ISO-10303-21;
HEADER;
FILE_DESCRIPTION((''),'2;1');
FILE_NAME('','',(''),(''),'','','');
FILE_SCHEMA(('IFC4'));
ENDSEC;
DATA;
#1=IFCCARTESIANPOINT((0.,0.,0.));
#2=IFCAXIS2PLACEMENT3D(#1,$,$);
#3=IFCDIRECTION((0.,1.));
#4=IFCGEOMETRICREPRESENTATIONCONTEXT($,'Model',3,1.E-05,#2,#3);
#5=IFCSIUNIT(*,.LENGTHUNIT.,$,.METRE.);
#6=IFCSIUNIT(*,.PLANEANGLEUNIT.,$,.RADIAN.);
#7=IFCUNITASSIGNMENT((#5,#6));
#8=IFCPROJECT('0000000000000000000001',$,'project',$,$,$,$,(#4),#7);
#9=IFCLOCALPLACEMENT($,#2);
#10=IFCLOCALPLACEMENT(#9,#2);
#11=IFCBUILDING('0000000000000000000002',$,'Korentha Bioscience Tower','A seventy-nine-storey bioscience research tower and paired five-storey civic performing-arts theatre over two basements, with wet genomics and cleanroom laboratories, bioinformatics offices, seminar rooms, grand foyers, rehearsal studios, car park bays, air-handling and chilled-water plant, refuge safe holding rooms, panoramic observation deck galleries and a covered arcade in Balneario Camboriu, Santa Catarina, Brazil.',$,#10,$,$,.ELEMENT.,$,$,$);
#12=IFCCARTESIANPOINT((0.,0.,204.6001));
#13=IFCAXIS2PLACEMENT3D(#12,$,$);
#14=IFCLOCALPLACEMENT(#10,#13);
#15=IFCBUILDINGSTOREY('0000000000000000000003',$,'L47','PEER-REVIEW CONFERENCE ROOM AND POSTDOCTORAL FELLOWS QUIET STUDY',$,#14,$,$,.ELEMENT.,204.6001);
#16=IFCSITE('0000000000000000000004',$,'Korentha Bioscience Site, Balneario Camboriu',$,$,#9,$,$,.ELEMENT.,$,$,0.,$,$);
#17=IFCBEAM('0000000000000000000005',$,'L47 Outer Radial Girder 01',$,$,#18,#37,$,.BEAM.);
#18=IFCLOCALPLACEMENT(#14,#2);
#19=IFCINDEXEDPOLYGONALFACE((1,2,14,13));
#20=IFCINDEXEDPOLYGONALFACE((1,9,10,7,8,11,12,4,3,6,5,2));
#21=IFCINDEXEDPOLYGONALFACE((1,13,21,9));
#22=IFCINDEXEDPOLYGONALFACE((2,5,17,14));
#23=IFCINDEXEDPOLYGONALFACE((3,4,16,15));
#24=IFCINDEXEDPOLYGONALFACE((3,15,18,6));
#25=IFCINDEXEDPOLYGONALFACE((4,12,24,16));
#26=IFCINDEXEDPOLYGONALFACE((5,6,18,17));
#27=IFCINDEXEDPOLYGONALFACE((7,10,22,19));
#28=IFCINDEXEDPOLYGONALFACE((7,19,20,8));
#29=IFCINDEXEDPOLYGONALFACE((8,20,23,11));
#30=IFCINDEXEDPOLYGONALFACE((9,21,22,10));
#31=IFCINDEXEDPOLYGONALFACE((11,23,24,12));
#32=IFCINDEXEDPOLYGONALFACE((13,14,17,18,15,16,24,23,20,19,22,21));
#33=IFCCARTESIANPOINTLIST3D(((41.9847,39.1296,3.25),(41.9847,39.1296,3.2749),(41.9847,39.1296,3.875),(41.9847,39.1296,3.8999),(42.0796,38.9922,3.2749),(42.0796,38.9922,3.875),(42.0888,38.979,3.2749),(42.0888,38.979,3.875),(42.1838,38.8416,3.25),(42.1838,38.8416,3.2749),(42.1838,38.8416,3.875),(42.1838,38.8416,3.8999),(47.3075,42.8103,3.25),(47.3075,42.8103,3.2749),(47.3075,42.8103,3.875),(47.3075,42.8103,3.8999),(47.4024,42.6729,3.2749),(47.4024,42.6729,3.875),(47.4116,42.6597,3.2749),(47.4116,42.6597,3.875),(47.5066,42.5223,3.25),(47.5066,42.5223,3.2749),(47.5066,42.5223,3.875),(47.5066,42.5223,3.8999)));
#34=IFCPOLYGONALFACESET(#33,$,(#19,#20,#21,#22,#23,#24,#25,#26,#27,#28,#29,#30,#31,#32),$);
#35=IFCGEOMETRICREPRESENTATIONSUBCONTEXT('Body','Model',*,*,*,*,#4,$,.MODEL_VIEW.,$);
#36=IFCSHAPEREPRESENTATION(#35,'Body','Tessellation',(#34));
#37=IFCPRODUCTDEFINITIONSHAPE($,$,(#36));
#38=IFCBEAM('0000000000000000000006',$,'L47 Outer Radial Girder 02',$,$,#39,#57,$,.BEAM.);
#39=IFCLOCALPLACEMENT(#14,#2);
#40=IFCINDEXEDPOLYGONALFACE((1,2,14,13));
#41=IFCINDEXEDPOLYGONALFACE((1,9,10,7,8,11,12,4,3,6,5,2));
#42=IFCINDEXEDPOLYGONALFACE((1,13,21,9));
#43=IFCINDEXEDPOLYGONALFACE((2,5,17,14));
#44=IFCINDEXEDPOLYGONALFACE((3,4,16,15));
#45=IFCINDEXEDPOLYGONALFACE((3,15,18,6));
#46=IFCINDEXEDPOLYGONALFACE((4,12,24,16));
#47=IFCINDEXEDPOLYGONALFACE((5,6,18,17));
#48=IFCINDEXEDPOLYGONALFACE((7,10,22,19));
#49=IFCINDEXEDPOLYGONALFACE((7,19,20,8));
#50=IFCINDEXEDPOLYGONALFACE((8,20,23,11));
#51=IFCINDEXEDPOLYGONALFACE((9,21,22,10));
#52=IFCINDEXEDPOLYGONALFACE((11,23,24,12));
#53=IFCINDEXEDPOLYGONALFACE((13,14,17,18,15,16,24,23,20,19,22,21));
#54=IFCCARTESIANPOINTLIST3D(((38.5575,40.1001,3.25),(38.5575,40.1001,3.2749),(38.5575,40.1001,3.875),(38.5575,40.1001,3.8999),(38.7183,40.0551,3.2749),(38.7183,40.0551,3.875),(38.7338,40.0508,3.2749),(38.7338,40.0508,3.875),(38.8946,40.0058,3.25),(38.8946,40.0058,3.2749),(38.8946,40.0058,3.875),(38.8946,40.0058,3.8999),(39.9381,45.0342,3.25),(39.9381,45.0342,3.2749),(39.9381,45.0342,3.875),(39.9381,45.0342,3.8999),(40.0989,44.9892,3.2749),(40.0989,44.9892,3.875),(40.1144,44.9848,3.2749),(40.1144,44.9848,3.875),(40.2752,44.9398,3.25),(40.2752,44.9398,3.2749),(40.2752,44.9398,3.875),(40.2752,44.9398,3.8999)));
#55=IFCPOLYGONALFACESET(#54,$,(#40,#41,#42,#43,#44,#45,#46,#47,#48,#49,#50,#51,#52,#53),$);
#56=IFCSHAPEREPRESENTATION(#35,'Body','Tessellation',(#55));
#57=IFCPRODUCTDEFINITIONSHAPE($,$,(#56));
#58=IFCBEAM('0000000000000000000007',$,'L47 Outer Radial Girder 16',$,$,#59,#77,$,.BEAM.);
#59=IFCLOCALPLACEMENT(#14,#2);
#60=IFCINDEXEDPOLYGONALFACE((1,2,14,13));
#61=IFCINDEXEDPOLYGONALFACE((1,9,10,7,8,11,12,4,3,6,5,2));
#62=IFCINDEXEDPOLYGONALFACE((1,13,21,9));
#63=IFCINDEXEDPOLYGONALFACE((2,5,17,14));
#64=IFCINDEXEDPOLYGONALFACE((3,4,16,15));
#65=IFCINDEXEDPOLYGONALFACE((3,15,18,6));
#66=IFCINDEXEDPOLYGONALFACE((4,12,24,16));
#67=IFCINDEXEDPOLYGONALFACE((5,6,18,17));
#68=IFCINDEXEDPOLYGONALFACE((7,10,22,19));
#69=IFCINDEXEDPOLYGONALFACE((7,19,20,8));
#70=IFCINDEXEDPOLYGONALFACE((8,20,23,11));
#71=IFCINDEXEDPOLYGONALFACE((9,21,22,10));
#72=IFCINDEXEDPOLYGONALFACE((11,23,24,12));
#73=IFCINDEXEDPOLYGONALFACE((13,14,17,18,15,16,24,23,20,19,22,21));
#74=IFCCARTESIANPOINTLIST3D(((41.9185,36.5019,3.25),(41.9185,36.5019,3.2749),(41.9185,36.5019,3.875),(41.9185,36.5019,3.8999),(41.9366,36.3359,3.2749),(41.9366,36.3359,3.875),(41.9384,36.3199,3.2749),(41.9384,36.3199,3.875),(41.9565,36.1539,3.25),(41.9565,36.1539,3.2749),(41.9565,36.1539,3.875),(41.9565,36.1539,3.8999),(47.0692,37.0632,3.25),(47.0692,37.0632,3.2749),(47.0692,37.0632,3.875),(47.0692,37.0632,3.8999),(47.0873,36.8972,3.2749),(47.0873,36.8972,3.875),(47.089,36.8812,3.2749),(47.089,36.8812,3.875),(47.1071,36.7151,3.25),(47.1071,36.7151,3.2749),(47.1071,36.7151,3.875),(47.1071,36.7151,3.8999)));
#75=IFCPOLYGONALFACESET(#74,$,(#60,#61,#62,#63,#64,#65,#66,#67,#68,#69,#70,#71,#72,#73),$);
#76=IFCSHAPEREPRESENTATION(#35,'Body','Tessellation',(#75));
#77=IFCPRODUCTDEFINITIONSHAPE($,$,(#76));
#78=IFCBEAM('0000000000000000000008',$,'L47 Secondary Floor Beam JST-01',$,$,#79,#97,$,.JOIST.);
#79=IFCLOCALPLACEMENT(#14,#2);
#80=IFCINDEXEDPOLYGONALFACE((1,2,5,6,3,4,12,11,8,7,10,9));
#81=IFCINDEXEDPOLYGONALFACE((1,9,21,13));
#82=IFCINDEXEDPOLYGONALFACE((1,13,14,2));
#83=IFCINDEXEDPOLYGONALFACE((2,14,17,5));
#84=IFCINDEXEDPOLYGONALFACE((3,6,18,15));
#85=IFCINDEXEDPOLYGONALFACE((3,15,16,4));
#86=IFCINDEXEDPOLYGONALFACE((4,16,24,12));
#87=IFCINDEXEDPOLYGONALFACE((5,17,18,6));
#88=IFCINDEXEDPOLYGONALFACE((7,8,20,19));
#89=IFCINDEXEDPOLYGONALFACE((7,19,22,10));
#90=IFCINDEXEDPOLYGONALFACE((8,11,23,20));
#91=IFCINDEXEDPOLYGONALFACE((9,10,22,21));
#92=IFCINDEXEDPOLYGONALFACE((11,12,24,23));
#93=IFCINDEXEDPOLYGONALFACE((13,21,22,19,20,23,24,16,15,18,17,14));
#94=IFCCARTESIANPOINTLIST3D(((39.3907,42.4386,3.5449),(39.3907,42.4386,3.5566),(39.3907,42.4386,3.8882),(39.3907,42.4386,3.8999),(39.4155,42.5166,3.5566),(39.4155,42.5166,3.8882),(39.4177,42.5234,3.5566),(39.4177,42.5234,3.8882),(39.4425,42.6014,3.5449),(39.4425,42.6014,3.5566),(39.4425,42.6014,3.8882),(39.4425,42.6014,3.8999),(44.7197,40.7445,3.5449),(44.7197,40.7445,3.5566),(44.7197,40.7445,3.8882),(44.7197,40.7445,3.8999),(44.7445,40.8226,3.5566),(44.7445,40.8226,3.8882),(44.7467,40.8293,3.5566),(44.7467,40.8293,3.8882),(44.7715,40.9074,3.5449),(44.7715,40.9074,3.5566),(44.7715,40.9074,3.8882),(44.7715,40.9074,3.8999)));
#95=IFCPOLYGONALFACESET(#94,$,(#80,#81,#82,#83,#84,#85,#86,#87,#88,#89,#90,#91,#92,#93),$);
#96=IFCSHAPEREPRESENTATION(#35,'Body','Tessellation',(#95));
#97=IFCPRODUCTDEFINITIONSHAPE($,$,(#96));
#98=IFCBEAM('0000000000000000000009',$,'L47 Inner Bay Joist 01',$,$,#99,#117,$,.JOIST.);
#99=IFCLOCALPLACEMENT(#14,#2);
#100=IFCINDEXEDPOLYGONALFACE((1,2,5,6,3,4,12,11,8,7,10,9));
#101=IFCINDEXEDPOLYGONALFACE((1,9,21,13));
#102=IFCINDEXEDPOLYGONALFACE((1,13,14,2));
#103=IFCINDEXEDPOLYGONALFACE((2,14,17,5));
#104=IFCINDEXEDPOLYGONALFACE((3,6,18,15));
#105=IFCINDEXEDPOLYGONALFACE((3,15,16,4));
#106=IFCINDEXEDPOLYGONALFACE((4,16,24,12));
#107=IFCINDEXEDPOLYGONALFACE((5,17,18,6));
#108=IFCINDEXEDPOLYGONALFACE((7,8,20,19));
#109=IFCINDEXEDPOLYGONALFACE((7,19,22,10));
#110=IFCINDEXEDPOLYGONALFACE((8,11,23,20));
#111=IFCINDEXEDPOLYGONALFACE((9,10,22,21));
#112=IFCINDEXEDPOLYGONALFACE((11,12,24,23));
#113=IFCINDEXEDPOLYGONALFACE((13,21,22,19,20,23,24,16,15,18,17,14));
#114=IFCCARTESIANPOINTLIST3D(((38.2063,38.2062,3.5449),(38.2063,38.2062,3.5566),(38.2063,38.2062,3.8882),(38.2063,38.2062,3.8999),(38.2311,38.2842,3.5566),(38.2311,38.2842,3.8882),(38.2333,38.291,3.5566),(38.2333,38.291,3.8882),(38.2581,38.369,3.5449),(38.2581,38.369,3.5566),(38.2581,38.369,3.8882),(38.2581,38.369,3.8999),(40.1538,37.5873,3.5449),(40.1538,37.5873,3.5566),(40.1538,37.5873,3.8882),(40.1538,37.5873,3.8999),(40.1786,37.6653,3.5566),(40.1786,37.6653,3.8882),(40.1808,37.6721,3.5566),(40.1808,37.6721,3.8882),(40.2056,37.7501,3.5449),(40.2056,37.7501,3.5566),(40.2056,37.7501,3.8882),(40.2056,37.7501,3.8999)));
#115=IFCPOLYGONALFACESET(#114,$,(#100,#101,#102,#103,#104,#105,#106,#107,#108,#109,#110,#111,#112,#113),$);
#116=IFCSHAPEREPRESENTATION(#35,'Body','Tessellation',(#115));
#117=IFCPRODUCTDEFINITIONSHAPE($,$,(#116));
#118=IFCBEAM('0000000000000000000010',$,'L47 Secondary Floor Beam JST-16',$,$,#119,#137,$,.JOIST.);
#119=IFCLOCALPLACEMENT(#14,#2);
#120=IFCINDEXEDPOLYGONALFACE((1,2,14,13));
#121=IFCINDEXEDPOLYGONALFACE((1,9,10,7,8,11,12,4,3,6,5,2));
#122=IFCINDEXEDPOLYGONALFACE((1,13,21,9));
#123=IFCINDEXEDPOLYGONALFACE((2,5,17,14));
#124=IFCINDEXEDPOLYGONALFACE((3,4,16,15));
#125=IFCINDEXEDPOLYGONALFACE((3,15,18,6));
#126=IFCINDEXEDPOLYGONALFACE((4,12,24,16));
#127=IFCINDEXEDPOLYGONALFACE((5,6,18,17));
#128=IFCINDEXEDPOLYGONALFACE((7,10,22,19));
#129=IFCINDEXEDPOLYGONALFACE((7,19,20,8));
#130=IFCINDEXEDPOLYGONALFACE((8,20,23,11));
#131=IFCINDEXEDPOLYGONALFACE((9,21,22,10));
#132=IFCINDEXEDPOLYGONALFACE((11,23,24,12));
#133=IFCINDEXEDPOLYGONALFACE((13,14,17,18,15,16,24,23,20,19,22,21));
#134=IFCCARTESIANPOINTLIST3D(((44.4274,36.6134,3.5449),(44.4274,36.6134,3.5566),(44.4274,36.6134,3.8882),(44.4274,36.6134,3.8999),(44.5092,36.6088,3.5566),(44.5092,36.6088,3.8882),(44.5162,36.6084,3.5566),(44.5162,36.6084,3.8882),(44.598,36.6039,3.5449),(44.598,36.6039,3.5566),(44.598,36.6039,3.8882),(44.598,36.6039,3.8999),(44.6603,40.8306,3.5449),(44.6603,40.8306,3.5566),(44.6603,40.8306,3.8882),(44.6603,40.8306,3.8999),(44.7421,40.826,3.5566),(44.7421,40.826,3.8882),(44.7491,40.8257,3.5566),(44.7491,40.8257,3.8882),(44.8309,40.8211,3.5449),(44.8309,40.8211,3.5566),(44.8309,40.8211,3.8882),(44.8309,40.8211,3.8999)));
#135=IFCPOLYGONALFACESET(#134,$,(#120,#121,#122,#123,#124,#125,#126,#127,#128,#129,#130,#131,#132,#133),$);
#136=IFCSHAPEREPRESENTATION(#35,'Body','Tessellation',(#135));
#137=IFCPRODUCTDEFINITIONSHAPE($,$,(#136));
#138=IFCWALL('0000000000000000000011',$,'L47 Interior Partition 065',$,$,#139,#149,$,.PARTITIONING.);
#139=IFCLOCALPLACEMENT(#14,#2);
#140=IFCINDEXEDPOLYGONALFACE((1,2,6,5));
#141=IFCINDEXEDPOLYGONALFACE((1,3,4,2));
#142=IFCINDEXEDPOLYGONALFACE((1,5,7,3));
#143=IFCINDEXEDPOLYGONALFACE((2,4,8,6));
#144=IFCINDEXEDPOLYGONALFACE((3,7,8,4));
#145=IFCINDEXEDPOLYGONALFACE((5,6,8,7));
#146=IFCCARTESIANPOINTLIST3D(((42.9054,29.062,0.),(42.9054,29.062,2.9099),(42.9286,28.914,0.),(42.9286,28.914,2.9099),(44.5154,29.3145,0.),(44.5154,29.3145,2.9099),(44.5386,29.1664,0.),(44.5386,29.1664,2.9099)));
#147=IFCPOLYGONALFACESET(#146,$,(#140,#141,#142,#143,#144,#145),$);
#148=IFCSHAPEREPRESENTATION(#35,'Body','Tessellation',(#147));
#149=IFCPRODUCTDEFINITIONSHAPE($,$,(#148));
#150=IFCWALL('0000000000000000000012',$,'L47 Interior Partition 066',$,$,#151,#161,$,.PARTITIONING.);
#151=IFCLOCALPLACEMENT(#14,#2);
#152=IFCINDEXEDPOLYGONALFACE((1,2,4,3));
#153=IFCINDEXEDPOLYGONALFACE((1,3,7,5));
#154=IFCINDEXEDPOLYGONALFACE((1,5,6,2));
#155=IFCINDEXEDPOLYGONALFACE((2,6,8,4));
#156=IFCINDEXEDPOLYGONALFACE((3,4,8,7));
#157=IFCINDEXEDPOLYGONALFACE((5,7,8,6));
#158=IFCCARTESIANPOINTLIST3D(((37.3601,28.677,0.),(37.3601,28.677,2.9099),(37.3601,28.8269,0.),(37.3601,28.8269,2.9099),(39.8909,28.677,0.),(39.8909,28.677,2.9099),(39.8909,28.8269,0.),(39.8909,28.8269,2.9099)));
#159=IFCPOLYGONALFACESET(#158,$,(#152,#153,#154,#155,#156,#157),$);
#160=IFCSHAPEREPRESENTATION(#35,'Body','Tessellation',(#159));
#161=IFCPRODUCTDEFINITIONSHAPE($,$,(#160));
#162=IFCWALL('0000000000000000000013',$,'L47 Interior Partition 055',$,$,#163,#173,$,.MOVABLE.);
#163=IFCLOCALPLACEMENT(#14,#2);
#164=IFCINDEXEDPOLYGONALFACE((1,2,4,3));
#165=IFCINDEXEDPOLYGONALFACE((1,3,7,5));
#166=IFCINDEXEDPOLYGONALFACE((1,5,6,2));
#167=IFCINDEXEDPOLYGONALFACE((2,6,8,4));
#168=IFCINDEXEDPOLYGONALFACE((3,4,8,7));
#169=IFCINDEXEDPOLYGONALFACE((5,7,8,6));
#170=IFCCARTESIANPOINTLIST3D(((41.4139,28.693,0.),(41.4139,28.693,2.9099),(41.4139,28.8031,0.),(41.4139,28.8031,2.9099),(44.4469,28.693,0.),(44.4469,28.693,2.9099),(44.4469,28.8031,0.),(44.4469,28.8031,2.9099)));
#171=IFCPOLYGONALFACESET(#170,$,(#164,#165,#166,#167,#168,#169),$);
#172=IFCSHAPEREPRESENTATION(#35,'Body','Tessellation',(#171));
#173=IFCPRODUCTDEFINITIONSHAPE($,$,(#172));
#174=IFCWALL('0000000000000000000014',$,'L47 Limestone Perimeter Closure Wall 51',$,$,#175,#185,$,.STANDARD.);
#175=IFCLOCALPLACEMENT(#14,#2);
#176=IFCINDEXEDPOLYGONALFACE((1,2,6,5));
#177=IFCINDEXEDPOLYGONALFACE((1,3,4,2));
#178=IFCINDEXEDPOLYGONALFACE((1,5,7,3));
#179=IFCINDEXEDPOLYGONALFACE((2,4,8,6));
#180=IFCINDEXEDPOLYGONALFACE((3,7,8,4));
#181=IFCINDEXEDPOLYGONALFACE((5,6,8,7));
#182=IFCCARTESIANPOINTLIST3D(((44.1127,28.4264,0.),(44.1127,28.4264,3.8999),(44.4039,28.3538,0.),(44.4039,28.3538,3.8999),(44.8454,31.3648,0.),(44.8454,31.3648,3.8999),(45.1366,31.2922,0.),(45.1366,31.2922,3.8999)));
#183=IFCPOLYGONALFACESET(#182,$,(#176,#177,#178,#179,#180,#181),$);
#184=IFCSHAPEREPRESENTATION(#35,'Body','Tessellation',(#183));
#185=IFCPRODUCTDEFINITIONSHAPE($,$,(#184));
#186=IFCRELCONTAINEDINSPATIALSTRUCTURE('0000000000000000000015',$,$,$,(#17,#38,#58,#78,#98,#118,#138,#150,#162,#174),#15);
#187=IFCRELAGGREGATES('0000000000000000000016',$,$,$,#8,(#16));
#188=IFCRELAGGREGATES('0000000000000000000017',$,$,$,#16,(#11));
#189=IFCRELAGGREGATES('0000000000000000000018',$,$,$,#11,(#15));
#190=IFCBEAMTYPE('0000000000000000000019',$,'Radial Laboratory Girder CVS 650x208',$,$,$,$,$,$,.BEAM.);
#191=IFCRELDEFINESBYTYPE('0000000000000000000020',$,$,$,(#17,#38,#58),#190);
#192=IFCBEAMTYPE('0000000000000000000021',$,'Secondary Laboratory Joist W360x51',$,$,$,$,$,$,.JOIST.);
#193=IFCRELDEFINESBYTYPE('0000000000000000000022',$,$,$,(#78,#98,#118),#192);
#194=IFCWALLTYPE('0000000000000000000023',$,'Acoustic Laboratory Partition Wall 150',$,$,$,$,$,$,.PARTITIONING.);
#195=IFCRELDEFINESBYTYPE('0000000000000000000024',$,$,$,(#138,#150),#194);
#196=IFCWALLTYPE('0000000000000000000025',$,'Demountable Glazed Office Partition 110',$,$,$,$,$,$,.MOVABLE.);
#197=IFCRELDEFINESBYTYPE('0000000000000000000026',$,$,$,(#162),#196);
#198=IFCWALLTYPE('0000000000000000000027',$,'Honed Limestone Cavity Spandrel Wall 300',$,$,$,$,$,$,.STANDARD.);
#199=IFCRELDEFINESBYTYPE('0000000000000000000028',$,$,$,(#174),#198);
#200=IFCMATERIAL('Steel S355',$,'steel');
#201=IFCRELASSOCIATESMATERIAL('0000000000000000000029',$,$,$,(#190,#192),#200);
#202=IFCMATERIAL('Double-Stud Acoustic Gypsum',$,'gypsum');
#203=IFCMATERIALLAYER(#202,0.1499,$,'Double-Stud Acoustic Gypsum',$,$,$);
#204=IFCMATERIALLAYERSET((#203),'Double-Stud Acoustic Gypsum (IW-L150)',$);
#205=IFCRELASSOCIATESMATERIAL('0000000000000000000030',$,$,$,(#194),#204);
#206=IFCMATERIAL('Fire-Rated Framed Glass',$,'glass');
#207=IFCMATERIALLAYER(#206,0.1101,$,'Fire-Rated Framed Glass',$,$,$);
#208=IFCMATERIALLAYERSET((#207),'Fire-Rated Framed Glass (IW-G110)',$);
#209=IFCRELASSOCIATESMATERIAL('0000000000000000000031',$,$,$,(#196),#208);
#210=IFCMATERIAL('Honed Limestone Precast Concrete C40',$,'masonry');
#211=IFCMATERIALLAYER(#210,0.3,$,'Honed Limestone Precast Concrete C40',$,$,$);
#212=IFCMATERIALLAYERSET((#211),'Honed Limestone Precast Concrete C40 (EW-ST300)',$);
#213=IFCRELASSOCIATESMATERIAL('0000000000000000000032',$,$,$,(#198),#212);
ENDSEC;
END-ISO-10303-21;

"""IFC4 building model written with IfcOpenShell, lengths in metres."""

from ifc_helpers import new_model, si_unit, direction, frame, frame_2d, origin, origin_2d, place, context, subcontext, project, spatial, rectangle, i_section, extrude, material, layer, layer_set, material_profile, profile_set, type_object, element, save


model = new_model("IFC4")

# Units and contexts
model_context = context("Model", 3, precision=1e-05, world=origin(), true_north=direction((0.0, 1.0)))
body_context = subcontext(model_context, "Body", "Model", "MODEL_VIEW")
ifc_project = project(units=[si_unit("LENGTHUNIT", "METRE"), si_unit("PLANEANGLEUNIT", "RADIAN")], contexts=[model_context])

# Site, building, storey
site_placement = place(None, origin())
site = spatial("IfcSite", under=ifc_project, at=site_placement, Name="Korentha Bioscience Site, Balneario Camboriu", CompositionType="ELEMENT", RefElevation=0.0)
building_placement = place(site_placement, origin())
building = spatial("IfcBuilding", under=site, at=building_placement, Name="Korentha Bioscience Tower", Description="A seventy-nine-storey bioscience research tower and paired five-storey civic performing-arts theatre over two basements, with wet genomics and cleanroom laboratories, bioinformatics offices, seminar rooms, grand foyers, rehearsal studios, car park bays, air-handling and chilled-water plant, refuge safe holding rooms, panoramic observation deck galleries and a covered arcade in Balneario Camboriu, Santa Catarina, Brazil.", CompositionType="ELEMENT")
storey_placement = place(building_placement, frame((0.0, 0.0, 204.6001)))
storey = spatial("IfcBuildingStorey", under=building, at=storey_placement, Name="L47", Description="PEER-REVIEW CONFERENCE ROOM AND POSTDOCTORAL FELLOWS QUIET STUDY", CompositionType="ELEMENT", Elevation=204.6001)

# Shared definitions
ifc_material_1 = material(Name="Steel S355", Category="steel")

# Beams
ifc_material_profile_1 = material_profile(ifc_material_1, i_section(OverallWidth=0.3501, OverallDepth=0.6499, WebThickness=0.0161, FlangeThickness=0.0249, at=origin_2d()), Name="Steel S355")
ifc_profile_set_1 = profile_set([ifc_material_profile_1], Name="Steel S355 (RB-650)")
beam_type_1 = type_object("IfcBeamType", Name="Radial Laboratory Girder CVS 650x208", PredefinedType="BEAM", material=ifc_profile_set_1)
beam_1_placement = place(storey_placement, frame((42.0842, 38.9856, 3.575), z_axis=(0.822504, 0.568759, 0.0), x_axis=(-0.568759, 0.822504, 0.0)))
element("IfcBeam", 1, at=beam_1_placement, inside=storey, type_object=beam_type_1, Name="L47 Outer Radial Girder 01", PredefinedType="BEAM", context=body_context, shape_type="SweptSolid", body=[
    extrude(i_section(OverallWidth=0.3501, OverallDepth=0.6499, WebThickness=0.0161, FlangeThickness=0.0249, at=origin_2d()), origin(), (0.0, 0.0, 1.0), 6.4714),
])
beam_2_placement = place(storey_placement, frame((38.7261, 40.053, 3.575), z_axis=(0.269462, 0.963011, 0.0), x_axis=(-0.963011, 0.269462, 0.0)))
element("IfcBeam", 2, at=beam_2_placement, inside=storey, type_object=beam_type_1, Name="L47 Outer Radial Girder 02", PredefinedType="BEAM", context=body_context, shape_type="SweptSolid", body=[
    extrude(i_section(OverallWidth=0.3501, OverallDepth=0.6499, WebThickness=0.0161, FlangeThickness=0.0249, at=origin_2d()), origin(), (0.0, 0.0, 1.0), 5.1235),
])
beam_3_placement = place(storey_placement, frame((41.9375, 36.3279, 3.575), z_axis=(0.994115, 0.108332, 0.0), x_axis=(-0.108332, 0.994115, 0.0)))
element("IfcBeam", 3, at=beam_3_placement, inside=storey, type_object=beam_type_1, Name="L47 Outer Radial Girder 16", PredefinedType="BEAM", context=body_context, shape_type="SweptSolid", body=[
    extrude(i_section(OverallWidth=0.3501, OverallDepth=0.6499, WebThickness=0.0161, FlangeThickness=0.0249, at=origin_2d()), origin(), (0.0, 0.0, 1.0), 5.1812),
])
ifc_material_profile_2 = material_profile(ifc_material_1, i_section(OverallWidth=0.1709, OverallDepth=0.355, WebThickness=0.0071, FlangeThickness=0.0117, at=origin_2d()), Name="Steel S355")
ifc_profile_set_2 = profile_set([ifc_material_profile_2], Name="Steel S355 (JB-360)")
beam_type_2 = type_object("IfcBeamType", Name="Secondary Laboratory Joist W360x51", PredefinedType="JOIST", material=ifc_profile_set_2)
beam_4_placement = place(storey_placement, frame((44.7456, 40.8259, 3.7224), z_axis=(-0.953005, 0.302955, 0.0), x_axis=(-0.302955, -0.953005, 0.0)))
element("IfcBeam", 4, at=beam_4_placement, inside=storey, type_object=beam_type_2, Name="L47 Secondary Floor Beam JST-01", PredefinedType="JOIST", context=body_context, shape_type="SweptSolid", body=[
    extrude(i_section(OverallWidth=0.1709, OverallDepth=0.355, WebThickness=0.0071, FlangeThickness=0.0117, at=origin_2d()), origin(), (0.0, 0.0, 1.0), 5.5918),
])
beam_5_placement = place(storey_placement, frame((40.1797, 37.6687, 3.7224), z_axis=(-0.953034, 0.302863, 0.0), x_axis=(-0.302863, -0.953034, 0.0)))
element("IfcBeam", 5, at=beam_5_placement, inside=storey, type_object=beam_type_2, Name="L47 Inner Bay Joist 01", PredefinedType="JOIST", context=body_context, shape_type="SweptSolid", body=[
    extrude(i_section(OverallWidth=0.1709, OverallDepth=0.355, WebThickness=0.0071, FlangeThickness=0.0117, at=origin_2d()), origin(), (0.0, 0.0, 1.0), 2.0435),
])
beam_6_placement = place(storey_placement, frame((44.5127, 36.6086, 3.7224), z_axis=(0.055143, 0.998478, 0.0), x_axis=(-0.998478, 0.055143, 0.0)))
element("IfcBeam", 6, at=beam_6_placement, inside=storey, type_object=beam_type_2, Name="L47 Secondary Floor Beam JST-16", PredefinedType="JOIST", context=body_context, shape_type="SweptSolid", body=[
    extrude(i_section(OverallWidth=0.1709, OverallDepth=0.355, WebThickness=0.0071, FlangeThickness=0.0117, at=origin_2d()), origin(), (0.0, 0.0, 1.0), 4.2236),
])

# Walls
ifc_material_2 = material(Name="Double-Stud Acoustic Gypsum", Category="gypsum")
ifc_layer_1 = layer(ifc_material_2, 0.1499, Name="Double-Stud Acoustic Gypsum")
ifc_layer_set_1 = layer_set([ifc_layer_1], Name="Double-Stud Acoustic Gypsum (IW-L150)")
wall_type_1 = type_object("IfcWallType", Name="Acoustic Laboratory Partition Wall 150", PredefinedType="PARTITIONING", material=ifc_layer_set_1)
wall_1_placement = place(storey_placement, frame((44.5271, 29.2405, 0.0), z_axis=(0.0, 0.0, 1.0), x_axis=(-0.987928, -0.154916, 0.0)))
element("IfcWall", 7, at=wall_1_placement, inside=storey, type_object=wall_type_1, Name="L47 Interior Partition 065", PredefinedType="PARTITIONING", context=body_context, shape_type="SweptSolid", body=[
    extrude(rectangle(XDim=1.6296, YDim=0.1499, at=frame_2d((0.8149, 0.0))), origin(), (0.0, 0.0, 1.0), 2.9099),
])
wall_2_placement = place(storey_placement, frame((39.8909, 28.752, 0.0), z_axis=(0.0, 0.0, 1.0), x_axis=(-1.0, 0.0, 0.0)))
element("IfcWall", 8, at=wall_2_placement, inside=storey, type_object=wall_type_1, Name="L47 Interior Partition 066", PredefinedType="PARTITIONING", context=body_context, shape_type="SweptSolid", body=[
    extrude(rectangle(XDim=2.5308, YDim=0.1499, at=frame_2d((1.2654, 0.0))), origin(), (0.0, 0.0, 1.0), 2.9099),
])
ifc_material_3 = material(Name="Fire-Rated Framed Glass", Category="glass")
ifc_layer_2 = layer(ifc_material_3, 0.1101, Name="Fire-Rated Framed Glass")
ifc_layer_set_2 = layer_set([ifc_layer_2], Name="Fire-Rated Framed Glass (IW-G110)")
wall_type_2 = type_object("IfcWallType", Name="Demountable Glazed Office Partition 110", PredefinedType="MOVABLE", material=ifc_layer_set_2)
wall_3_placement = place(storey_placement, frame((41.4138, 28.748, 0.0), z_axis=(0.0, 0.0, 1.0), x_axis=(1.0, 0.0, 0.0)))
element("IfcWall", 9, at=wall_3_placement, inside=storey, type_object=wall_type_2, Name="L47 Interior Partition 055", PredefinedType="MOVABLE", context=body_context, shape_type="SweptSolid", body=[
    extrude(rectangle(XDim=3.033, YDim=0.1101, at=frame_2d((1.5166, 0.0))), origin(), (0.0, 0.0, 1.0), 2.9099),
])
ifc_material_4 = material(Name="Honed Limestone Precast Concrete C40", Category="masonry")
ifc_layer_3 = layer(ifc_material_4, 0.3, Name="Honed Limestone Precast Concrete C40")
ifc_layer_set_3 = layer_set([ifc_layer_3], Name="Honed Limestone Precast Concrete C40 (EW-ST300)")
wall_type_3 = type_object("IfcWallType", Name="Honed Limestone Cavity Spandrel Wall 300", PredefinedType="STANDARD", material=ifc_layer_set_3)
wall_4_placement = place(storey_placement, frame((44.2583, 28.3901, 0.0), z_axis=(0.0, 0.0, 1.0), x_axis=(0.241948, 0.970289, 0.0)))
element("IfcWall", 10, at=wall_4_placement, inside=storey, type_object=wall_type_3, Name="L47 Limestone Perimeter Closure Wall 51", PredefinedType="STANDARD", context=body_context, shape_type="SweptSolid", body=[
    extrude(rectangle(XDim=3.0283, YDim=0.3, at=frame_2d((1.5142, 0.0))), origin(), (0.0, 0.0, 1.0), 3.8999),
])

save(model, "model.ifc")
